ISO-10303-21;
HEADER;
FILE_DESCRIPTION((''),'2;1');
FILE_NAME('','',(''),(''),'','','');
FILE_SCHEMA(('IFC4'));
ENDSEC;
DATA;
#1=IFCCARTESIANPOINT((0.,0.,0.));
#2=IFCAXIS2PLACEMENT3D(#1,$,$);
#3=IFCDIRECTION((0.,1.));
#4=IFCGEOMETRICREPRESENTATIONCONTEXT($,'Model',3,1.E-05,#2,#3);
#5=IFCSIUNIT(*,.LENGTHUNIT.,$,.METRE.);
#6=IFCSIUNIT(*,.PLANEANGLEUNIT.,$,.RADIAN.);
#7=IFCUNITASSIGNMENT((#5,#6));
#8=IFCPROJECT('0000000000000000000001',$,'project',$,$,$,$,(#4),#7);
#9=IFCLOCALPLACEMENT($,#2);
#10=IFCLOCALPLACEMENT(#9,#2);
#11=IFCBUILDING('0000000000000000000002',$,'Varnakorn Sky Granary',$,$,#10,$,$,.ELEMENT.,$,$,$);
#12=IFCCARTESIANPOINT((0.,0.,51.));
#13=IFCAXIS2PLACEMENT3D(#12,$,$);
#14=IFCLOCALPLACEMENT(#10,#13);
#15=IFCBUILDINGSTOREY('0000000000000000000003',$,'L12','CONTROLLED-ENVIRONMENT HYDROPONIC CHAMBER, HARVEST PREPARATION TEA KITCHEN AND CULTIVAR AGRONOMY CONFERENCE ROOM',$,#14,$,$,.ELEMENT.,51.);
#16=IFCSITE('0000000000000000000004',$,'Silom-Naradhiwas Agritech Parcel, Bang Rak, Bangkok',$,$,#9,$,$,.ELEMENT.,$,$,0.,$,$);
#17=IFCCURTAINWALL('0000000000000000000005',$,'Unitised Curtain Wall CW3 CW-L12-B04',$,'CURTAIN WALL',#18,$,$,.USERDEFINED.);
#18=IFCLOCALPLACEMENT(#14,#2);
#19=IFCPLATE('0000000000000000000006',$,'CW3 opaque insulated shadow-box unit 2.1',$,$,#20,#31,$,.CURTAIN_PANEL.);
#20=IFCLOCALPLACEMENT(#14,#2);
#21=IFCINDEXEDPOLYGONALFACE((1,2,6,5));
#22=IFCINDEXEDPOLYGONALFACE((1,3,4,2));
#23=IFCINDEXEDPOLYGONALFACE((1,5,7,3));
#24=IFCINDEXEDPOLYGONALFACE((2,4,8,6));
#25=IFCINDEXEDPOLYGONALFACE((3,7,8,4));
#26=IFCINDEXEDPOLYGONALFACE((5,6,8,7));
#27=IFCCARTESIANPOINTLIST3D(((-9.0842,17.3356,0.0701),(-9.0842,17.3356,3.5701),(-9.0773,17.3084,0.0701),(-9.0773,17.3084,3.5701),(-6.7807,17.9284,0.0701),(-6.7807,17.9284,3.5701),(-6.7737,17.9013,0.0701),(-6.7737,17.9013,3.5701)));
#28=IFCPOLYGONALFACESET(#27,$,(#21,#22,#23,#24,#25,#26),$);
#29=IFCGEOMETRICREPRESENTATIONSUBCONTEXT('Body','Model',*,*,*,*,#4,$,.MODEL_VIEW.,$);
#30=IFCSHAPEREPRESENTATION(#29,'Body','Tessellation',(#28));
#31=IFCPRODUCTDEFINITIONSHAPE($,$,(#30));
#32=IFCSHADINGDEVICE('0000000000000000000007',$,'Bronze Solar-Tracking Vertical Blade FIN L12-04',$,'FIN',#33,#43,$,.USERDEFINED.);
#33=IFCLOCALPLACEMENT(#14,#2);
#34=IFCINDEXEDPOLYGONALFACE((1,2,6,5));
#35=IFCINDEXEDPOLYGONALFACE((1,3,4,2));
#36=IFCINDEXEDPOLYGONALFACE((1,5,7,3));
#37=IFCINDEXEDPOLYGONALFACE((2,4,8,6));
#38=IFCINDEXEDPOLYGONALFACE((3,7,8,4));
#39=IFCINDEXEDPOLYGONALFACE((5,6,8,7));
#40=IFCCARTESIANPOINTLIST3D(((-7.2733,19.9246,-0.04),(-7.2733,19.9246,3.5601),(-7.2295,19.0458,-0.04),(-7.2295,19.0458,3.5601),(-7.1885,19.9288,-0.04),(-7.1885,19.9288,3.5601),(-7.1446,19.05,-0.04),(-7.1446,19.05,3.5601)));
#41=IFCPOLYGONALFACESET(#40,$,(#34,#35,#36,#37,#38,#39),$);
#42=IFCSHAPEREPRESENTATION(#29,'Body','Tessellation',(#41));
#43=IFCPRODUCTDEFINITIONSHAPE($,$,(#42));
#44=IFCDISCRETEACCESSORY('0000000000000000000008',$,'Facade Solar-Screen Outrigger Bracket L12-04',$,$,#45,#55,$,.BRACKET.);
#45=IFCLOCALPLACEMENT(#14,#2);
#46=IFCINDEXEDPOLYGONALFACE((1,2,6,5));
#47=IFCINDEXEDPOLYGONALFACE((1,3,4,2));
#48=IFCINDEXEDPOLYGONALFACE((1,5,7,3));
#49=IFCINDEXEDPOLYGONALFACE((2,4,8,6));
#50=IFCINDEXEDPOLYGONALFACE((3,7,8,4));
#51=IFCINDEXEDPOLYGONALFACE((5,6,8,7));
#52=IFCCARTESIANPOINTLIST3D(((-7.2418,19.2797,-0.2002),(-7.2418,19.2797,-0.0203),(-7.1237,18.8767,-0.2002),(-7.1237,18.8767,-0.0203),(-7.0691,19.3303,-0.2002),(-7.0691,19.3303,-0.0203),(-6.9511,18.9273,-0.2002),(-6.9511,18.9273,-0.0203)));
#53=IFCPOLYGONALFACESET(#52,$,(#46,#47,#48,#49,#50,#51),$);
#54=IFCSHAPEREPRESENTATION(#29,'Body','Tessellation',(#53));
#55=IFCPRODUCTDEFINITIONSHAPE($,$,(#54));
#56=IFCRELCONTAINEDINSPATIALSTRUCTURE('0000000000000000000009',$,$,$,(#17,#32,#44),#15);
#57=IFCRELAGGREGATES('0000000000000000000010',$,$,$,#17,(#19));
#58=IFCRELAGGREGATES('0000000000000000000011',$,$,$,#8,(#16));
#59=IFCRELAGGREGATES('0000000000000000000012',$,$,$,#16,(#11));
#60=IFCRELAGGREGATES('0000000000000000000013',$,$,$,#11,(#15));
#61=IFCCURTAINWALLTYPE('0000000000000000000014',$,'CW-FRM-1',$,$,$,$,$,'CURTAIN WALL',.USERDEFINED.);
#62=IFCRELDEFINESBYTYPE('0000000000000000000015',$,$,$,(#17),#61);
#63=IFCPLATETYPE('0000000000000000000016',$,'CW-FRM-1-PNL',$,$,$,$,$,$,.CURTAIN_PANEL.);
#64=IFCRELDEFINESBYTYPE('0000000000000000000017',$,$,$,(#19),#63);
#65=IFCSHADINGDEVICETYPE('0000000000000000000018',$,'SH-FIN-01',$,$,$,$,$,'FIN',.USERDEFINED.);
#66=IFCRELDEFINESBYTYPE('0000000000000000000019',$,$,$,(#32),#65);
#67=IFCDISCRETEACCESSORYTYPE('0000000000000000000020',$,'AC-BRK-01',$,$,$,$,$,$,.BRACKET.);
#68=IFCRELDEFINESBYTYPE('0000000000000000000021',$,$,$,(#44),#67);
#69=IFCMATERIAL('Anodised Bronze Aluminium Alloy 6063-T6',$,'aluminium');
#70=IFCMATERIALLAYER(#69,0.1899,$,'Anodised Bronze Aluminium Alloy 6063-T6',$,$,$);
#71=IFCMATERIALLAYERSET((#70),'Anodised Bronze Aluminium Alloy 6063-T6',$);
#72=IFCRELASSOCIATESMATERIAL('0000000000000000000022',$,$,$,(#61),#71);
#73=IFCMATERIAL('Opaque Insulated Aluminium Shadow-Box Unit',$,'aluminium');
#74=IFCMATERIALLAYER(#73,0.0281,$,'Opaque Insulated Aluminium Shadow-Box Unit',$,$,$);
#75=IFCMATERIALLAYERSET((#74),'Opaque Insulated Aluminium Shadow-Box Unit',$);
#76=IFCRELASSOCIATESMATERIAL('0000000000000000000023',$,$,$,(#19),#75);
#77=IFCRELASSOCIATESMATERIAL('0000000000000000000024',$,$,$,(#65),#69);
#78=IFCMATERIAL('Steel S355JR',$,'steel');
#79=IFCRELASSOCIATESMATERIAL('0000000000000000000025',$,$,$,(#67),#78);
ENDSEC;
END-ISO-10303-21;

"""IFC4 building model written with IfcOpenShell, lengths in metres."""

from ifc_helpers import new_model, si_unit, direction, frame, origin, origin_2d, place, context, subcontext, project, spatial, rectangle, extrude, source, transform, mapped, material, layer, layer_set, type_object, type_shapes, element, aggregate, save


model = new_model("IFC4")

# Units and contexts
model_context = context("Model", 3, precision=1e-05, world=origin(), true_north=direction((0.0, 1.0)))
body_context = subcontext(model_context, "Body", "Model", "MODEL_VIEW")
ifc_project = project(units=[si_unit("LENGTHUNIT", "METRE"), si_unit("PLANEANGLEUNIT", "RADIAN")], contexts=[model_context])

# Site, building, storey
site_placement = place(None, origin())
site = spatial("IfcSite", under=ifc_project, at=site_placement, Name="Silom-Naradhiwas Agritech Parcel, Bang Rak, Bangkok", CompositionType="ELEMENT", RefElevation=0.0)
building_placement = place(site_placement, origin())
building = spatial("IfcBuilding", under=site, at=building_placement, Name="Varnakorn Sky Granary", CompositionType="ELEMENT")
storey_placement = place(building_placement, frame((0.0, 0.0, 51.0)))
storey = spatial("IfcBuildingStorey", under=building, at=storey_placement, Name="L12", Description="CONTROLLED-ENVIRONMENT HYDROPONIC CHAMBER, HARVEST PREPARATION TEA KITCHEN AND CULTIVAR AGRONOMY CONFERENCE ROOM", CompositionType="ELEMENT", Elevation=51.0)

# Shared definitions
ifc_material_1 = material(Name="Steel S355JR", Category="steel")

# Curtain wall
ifc_material_2 = material(Name="Anodised Bronze Aluminium Alloy 6063-T6", Category="aluminium")
ifc_layer_1 = layer(ifc_material_2, 0.1899, Name="Anodised Bronze Aluminium Alloy 6063-T6")
ifc_layer_set_1 = layer_set([ifc_layer_1], Name="Anodised Bronze Aluminium Alloy 6063-T6")
curtain_wall_type = type_object("IfcCurtainWallType", Name="CW-FRM-1", ElementType="CURTAIN WALL", PredefinedType="USERDEFINED", material=ifc_layer_set_1)
curtain_wall_1_placement = place(storey_placement, origin())
curtain_wall_1 = element("IfcCurtainWall", 1, at=curtain_wall_1_placement, inside=storey, type_object=curtain_wall_type, Name="Unitised Curtain Wall CW3 CW-L12-B04", ObjectType="CURTAIN WALL", PredefinedType="USERDEFINED")

# Plate
ifc_material_3 = material(Name="Opaque Insulated Aluminium Shadow-Box Unit", Category="aluminium")
ifc_layer_2 = layer(ifc_material_3, 0.0281, Name="Opaque Insulated Aluminium Shadow-Box Unit")
ifc_layer_set_2 = layer_set([ifc_layer_2], Name="Opaque Insulated Aluminium Shadow-Box Unit")
plate_type_1 = type_object("IfcPlateType", Name="CW-FRM-1-PNL", PredefinedType="CURTAIN_PANEL")
shared_shape_1 = source(origin(), body_context, "Body", "SweptSolid", [
    extrude(rectangle(XDim=2.3787, YDim=0.0281, at=origin_2d()), origin(), (0.0, 0.0, 1.0), 3.5),
])
plate_1_placement = place(storey_placement, frame((-7.929, 17.6184, 0.0701), z_axis=(0.0, 0.0, 1.0), x_axis=(0.968439, 0.249249, 0.0)))
plate_1 = element("IfcPlate", 2, at=plate_1_placement, type_object=plate_type_1, material=ifc_layer_set_2, Name="CW3 opaque insulated shadow-box unit 2.1", PredefinedType="CURTAIN_PANEL", context=body_context, shape_type="MappedRepresentation", body=[
    mapped(shared_shape_1, transform((0.0, 0.0, 0.0), x_axis=(1.0, 0.0, 0.0), y_axis=(0.0, 1.0, 0.0), z_axis=(0.0, 0.0, 1.0), scale=1.0)),
])
aggregate(curtain_wall_1, [plate_1])

# Shading device
shading_device_type = type_object("IfcShadingDeviceType", Name="SH-FIN-01", ElementType="FIN", PredefinedType="USERDEFINED", material=ifc_material_2)
shared_shape_2 = source(origin(), body_context, "Body", "SweptSolid", [
    extrude(rectangle(XDim=0.085, YDim=0.8799, at=origin_2d()), origin(), (0.0, 0.0, 1.0), 3.6001),
])
type_shapes(shading_device_type, [shared_shape_2])
shading_device_placement = place(storey_placement, frame((-7.209, 19.4873, -0.04), z_axis=(0.0, 0.0, 1.0), x_axis=(-0.998756, -0.049859, 0.0)))
element("IfcShadingDevice", 3, at=shading_device_placement, inside=storey, type_object=shading_device_type, Name="Bronze Solar-Tracking Vertical Blade FIN L12-04", ObjectType="FIN", PredefinedType="USERDEFINED", context=body_context, shape_type="MappedRepresentation", body=[
    mapped(shared_shape_2, transform((0.0, 0.0, 0.0), x_axis=(1.0, 0.0, 0.0), y_axis=(0.0, 1.0, 0.0), z_axis=(0.0, 0.0, 1.0), scale=1.0)),
])

# Discrete accessory
discrete_accessory_type = type_object("IfcDiscreteAccessoryType", Name="AC-BRK-01", PredefinedType="BRACKET", material=ifc_material_1)
shared_shape_3 = source(origin(), body_context, "Body", "SweptSolid", [
    extrude(rectangle(XDim=0.1799, YDim=0.4199, at=origin_2d()), origin(), (0.0, 0.0, 1.0), 0.1799),
])
type_shapes(discrete_accessory_type, [shared_shape_3])
discrete_accessory_placement = place(storey_placement, frame((-7.0964, 19.1035, -0.2002), z_axis=(0.0, 0.0, 1.0), x_axis=(-0.959665, -0.281144, 0.0)))
element("IfcDiscreteAccessory", 4, at=discrete_accessory_placement, inside=storey, type_object=discrete_accessory_type, Name="Facade Solar-Screen Outrigger Bracket L12-04", PredefinedType="BRACKET", context=body_context, shape_type="MappedRepresentation", body=[
    mapped(shared_shape_3, transform((0.0, 0.0, 0.0), x_axis=(1.0, 0.0, 0.0), y_axis=(0.0, 1.0, 0.0), z_axis=(0.0, 0.0, 1.0), scale=1.0)),
])

save(model, "model.ifc")
